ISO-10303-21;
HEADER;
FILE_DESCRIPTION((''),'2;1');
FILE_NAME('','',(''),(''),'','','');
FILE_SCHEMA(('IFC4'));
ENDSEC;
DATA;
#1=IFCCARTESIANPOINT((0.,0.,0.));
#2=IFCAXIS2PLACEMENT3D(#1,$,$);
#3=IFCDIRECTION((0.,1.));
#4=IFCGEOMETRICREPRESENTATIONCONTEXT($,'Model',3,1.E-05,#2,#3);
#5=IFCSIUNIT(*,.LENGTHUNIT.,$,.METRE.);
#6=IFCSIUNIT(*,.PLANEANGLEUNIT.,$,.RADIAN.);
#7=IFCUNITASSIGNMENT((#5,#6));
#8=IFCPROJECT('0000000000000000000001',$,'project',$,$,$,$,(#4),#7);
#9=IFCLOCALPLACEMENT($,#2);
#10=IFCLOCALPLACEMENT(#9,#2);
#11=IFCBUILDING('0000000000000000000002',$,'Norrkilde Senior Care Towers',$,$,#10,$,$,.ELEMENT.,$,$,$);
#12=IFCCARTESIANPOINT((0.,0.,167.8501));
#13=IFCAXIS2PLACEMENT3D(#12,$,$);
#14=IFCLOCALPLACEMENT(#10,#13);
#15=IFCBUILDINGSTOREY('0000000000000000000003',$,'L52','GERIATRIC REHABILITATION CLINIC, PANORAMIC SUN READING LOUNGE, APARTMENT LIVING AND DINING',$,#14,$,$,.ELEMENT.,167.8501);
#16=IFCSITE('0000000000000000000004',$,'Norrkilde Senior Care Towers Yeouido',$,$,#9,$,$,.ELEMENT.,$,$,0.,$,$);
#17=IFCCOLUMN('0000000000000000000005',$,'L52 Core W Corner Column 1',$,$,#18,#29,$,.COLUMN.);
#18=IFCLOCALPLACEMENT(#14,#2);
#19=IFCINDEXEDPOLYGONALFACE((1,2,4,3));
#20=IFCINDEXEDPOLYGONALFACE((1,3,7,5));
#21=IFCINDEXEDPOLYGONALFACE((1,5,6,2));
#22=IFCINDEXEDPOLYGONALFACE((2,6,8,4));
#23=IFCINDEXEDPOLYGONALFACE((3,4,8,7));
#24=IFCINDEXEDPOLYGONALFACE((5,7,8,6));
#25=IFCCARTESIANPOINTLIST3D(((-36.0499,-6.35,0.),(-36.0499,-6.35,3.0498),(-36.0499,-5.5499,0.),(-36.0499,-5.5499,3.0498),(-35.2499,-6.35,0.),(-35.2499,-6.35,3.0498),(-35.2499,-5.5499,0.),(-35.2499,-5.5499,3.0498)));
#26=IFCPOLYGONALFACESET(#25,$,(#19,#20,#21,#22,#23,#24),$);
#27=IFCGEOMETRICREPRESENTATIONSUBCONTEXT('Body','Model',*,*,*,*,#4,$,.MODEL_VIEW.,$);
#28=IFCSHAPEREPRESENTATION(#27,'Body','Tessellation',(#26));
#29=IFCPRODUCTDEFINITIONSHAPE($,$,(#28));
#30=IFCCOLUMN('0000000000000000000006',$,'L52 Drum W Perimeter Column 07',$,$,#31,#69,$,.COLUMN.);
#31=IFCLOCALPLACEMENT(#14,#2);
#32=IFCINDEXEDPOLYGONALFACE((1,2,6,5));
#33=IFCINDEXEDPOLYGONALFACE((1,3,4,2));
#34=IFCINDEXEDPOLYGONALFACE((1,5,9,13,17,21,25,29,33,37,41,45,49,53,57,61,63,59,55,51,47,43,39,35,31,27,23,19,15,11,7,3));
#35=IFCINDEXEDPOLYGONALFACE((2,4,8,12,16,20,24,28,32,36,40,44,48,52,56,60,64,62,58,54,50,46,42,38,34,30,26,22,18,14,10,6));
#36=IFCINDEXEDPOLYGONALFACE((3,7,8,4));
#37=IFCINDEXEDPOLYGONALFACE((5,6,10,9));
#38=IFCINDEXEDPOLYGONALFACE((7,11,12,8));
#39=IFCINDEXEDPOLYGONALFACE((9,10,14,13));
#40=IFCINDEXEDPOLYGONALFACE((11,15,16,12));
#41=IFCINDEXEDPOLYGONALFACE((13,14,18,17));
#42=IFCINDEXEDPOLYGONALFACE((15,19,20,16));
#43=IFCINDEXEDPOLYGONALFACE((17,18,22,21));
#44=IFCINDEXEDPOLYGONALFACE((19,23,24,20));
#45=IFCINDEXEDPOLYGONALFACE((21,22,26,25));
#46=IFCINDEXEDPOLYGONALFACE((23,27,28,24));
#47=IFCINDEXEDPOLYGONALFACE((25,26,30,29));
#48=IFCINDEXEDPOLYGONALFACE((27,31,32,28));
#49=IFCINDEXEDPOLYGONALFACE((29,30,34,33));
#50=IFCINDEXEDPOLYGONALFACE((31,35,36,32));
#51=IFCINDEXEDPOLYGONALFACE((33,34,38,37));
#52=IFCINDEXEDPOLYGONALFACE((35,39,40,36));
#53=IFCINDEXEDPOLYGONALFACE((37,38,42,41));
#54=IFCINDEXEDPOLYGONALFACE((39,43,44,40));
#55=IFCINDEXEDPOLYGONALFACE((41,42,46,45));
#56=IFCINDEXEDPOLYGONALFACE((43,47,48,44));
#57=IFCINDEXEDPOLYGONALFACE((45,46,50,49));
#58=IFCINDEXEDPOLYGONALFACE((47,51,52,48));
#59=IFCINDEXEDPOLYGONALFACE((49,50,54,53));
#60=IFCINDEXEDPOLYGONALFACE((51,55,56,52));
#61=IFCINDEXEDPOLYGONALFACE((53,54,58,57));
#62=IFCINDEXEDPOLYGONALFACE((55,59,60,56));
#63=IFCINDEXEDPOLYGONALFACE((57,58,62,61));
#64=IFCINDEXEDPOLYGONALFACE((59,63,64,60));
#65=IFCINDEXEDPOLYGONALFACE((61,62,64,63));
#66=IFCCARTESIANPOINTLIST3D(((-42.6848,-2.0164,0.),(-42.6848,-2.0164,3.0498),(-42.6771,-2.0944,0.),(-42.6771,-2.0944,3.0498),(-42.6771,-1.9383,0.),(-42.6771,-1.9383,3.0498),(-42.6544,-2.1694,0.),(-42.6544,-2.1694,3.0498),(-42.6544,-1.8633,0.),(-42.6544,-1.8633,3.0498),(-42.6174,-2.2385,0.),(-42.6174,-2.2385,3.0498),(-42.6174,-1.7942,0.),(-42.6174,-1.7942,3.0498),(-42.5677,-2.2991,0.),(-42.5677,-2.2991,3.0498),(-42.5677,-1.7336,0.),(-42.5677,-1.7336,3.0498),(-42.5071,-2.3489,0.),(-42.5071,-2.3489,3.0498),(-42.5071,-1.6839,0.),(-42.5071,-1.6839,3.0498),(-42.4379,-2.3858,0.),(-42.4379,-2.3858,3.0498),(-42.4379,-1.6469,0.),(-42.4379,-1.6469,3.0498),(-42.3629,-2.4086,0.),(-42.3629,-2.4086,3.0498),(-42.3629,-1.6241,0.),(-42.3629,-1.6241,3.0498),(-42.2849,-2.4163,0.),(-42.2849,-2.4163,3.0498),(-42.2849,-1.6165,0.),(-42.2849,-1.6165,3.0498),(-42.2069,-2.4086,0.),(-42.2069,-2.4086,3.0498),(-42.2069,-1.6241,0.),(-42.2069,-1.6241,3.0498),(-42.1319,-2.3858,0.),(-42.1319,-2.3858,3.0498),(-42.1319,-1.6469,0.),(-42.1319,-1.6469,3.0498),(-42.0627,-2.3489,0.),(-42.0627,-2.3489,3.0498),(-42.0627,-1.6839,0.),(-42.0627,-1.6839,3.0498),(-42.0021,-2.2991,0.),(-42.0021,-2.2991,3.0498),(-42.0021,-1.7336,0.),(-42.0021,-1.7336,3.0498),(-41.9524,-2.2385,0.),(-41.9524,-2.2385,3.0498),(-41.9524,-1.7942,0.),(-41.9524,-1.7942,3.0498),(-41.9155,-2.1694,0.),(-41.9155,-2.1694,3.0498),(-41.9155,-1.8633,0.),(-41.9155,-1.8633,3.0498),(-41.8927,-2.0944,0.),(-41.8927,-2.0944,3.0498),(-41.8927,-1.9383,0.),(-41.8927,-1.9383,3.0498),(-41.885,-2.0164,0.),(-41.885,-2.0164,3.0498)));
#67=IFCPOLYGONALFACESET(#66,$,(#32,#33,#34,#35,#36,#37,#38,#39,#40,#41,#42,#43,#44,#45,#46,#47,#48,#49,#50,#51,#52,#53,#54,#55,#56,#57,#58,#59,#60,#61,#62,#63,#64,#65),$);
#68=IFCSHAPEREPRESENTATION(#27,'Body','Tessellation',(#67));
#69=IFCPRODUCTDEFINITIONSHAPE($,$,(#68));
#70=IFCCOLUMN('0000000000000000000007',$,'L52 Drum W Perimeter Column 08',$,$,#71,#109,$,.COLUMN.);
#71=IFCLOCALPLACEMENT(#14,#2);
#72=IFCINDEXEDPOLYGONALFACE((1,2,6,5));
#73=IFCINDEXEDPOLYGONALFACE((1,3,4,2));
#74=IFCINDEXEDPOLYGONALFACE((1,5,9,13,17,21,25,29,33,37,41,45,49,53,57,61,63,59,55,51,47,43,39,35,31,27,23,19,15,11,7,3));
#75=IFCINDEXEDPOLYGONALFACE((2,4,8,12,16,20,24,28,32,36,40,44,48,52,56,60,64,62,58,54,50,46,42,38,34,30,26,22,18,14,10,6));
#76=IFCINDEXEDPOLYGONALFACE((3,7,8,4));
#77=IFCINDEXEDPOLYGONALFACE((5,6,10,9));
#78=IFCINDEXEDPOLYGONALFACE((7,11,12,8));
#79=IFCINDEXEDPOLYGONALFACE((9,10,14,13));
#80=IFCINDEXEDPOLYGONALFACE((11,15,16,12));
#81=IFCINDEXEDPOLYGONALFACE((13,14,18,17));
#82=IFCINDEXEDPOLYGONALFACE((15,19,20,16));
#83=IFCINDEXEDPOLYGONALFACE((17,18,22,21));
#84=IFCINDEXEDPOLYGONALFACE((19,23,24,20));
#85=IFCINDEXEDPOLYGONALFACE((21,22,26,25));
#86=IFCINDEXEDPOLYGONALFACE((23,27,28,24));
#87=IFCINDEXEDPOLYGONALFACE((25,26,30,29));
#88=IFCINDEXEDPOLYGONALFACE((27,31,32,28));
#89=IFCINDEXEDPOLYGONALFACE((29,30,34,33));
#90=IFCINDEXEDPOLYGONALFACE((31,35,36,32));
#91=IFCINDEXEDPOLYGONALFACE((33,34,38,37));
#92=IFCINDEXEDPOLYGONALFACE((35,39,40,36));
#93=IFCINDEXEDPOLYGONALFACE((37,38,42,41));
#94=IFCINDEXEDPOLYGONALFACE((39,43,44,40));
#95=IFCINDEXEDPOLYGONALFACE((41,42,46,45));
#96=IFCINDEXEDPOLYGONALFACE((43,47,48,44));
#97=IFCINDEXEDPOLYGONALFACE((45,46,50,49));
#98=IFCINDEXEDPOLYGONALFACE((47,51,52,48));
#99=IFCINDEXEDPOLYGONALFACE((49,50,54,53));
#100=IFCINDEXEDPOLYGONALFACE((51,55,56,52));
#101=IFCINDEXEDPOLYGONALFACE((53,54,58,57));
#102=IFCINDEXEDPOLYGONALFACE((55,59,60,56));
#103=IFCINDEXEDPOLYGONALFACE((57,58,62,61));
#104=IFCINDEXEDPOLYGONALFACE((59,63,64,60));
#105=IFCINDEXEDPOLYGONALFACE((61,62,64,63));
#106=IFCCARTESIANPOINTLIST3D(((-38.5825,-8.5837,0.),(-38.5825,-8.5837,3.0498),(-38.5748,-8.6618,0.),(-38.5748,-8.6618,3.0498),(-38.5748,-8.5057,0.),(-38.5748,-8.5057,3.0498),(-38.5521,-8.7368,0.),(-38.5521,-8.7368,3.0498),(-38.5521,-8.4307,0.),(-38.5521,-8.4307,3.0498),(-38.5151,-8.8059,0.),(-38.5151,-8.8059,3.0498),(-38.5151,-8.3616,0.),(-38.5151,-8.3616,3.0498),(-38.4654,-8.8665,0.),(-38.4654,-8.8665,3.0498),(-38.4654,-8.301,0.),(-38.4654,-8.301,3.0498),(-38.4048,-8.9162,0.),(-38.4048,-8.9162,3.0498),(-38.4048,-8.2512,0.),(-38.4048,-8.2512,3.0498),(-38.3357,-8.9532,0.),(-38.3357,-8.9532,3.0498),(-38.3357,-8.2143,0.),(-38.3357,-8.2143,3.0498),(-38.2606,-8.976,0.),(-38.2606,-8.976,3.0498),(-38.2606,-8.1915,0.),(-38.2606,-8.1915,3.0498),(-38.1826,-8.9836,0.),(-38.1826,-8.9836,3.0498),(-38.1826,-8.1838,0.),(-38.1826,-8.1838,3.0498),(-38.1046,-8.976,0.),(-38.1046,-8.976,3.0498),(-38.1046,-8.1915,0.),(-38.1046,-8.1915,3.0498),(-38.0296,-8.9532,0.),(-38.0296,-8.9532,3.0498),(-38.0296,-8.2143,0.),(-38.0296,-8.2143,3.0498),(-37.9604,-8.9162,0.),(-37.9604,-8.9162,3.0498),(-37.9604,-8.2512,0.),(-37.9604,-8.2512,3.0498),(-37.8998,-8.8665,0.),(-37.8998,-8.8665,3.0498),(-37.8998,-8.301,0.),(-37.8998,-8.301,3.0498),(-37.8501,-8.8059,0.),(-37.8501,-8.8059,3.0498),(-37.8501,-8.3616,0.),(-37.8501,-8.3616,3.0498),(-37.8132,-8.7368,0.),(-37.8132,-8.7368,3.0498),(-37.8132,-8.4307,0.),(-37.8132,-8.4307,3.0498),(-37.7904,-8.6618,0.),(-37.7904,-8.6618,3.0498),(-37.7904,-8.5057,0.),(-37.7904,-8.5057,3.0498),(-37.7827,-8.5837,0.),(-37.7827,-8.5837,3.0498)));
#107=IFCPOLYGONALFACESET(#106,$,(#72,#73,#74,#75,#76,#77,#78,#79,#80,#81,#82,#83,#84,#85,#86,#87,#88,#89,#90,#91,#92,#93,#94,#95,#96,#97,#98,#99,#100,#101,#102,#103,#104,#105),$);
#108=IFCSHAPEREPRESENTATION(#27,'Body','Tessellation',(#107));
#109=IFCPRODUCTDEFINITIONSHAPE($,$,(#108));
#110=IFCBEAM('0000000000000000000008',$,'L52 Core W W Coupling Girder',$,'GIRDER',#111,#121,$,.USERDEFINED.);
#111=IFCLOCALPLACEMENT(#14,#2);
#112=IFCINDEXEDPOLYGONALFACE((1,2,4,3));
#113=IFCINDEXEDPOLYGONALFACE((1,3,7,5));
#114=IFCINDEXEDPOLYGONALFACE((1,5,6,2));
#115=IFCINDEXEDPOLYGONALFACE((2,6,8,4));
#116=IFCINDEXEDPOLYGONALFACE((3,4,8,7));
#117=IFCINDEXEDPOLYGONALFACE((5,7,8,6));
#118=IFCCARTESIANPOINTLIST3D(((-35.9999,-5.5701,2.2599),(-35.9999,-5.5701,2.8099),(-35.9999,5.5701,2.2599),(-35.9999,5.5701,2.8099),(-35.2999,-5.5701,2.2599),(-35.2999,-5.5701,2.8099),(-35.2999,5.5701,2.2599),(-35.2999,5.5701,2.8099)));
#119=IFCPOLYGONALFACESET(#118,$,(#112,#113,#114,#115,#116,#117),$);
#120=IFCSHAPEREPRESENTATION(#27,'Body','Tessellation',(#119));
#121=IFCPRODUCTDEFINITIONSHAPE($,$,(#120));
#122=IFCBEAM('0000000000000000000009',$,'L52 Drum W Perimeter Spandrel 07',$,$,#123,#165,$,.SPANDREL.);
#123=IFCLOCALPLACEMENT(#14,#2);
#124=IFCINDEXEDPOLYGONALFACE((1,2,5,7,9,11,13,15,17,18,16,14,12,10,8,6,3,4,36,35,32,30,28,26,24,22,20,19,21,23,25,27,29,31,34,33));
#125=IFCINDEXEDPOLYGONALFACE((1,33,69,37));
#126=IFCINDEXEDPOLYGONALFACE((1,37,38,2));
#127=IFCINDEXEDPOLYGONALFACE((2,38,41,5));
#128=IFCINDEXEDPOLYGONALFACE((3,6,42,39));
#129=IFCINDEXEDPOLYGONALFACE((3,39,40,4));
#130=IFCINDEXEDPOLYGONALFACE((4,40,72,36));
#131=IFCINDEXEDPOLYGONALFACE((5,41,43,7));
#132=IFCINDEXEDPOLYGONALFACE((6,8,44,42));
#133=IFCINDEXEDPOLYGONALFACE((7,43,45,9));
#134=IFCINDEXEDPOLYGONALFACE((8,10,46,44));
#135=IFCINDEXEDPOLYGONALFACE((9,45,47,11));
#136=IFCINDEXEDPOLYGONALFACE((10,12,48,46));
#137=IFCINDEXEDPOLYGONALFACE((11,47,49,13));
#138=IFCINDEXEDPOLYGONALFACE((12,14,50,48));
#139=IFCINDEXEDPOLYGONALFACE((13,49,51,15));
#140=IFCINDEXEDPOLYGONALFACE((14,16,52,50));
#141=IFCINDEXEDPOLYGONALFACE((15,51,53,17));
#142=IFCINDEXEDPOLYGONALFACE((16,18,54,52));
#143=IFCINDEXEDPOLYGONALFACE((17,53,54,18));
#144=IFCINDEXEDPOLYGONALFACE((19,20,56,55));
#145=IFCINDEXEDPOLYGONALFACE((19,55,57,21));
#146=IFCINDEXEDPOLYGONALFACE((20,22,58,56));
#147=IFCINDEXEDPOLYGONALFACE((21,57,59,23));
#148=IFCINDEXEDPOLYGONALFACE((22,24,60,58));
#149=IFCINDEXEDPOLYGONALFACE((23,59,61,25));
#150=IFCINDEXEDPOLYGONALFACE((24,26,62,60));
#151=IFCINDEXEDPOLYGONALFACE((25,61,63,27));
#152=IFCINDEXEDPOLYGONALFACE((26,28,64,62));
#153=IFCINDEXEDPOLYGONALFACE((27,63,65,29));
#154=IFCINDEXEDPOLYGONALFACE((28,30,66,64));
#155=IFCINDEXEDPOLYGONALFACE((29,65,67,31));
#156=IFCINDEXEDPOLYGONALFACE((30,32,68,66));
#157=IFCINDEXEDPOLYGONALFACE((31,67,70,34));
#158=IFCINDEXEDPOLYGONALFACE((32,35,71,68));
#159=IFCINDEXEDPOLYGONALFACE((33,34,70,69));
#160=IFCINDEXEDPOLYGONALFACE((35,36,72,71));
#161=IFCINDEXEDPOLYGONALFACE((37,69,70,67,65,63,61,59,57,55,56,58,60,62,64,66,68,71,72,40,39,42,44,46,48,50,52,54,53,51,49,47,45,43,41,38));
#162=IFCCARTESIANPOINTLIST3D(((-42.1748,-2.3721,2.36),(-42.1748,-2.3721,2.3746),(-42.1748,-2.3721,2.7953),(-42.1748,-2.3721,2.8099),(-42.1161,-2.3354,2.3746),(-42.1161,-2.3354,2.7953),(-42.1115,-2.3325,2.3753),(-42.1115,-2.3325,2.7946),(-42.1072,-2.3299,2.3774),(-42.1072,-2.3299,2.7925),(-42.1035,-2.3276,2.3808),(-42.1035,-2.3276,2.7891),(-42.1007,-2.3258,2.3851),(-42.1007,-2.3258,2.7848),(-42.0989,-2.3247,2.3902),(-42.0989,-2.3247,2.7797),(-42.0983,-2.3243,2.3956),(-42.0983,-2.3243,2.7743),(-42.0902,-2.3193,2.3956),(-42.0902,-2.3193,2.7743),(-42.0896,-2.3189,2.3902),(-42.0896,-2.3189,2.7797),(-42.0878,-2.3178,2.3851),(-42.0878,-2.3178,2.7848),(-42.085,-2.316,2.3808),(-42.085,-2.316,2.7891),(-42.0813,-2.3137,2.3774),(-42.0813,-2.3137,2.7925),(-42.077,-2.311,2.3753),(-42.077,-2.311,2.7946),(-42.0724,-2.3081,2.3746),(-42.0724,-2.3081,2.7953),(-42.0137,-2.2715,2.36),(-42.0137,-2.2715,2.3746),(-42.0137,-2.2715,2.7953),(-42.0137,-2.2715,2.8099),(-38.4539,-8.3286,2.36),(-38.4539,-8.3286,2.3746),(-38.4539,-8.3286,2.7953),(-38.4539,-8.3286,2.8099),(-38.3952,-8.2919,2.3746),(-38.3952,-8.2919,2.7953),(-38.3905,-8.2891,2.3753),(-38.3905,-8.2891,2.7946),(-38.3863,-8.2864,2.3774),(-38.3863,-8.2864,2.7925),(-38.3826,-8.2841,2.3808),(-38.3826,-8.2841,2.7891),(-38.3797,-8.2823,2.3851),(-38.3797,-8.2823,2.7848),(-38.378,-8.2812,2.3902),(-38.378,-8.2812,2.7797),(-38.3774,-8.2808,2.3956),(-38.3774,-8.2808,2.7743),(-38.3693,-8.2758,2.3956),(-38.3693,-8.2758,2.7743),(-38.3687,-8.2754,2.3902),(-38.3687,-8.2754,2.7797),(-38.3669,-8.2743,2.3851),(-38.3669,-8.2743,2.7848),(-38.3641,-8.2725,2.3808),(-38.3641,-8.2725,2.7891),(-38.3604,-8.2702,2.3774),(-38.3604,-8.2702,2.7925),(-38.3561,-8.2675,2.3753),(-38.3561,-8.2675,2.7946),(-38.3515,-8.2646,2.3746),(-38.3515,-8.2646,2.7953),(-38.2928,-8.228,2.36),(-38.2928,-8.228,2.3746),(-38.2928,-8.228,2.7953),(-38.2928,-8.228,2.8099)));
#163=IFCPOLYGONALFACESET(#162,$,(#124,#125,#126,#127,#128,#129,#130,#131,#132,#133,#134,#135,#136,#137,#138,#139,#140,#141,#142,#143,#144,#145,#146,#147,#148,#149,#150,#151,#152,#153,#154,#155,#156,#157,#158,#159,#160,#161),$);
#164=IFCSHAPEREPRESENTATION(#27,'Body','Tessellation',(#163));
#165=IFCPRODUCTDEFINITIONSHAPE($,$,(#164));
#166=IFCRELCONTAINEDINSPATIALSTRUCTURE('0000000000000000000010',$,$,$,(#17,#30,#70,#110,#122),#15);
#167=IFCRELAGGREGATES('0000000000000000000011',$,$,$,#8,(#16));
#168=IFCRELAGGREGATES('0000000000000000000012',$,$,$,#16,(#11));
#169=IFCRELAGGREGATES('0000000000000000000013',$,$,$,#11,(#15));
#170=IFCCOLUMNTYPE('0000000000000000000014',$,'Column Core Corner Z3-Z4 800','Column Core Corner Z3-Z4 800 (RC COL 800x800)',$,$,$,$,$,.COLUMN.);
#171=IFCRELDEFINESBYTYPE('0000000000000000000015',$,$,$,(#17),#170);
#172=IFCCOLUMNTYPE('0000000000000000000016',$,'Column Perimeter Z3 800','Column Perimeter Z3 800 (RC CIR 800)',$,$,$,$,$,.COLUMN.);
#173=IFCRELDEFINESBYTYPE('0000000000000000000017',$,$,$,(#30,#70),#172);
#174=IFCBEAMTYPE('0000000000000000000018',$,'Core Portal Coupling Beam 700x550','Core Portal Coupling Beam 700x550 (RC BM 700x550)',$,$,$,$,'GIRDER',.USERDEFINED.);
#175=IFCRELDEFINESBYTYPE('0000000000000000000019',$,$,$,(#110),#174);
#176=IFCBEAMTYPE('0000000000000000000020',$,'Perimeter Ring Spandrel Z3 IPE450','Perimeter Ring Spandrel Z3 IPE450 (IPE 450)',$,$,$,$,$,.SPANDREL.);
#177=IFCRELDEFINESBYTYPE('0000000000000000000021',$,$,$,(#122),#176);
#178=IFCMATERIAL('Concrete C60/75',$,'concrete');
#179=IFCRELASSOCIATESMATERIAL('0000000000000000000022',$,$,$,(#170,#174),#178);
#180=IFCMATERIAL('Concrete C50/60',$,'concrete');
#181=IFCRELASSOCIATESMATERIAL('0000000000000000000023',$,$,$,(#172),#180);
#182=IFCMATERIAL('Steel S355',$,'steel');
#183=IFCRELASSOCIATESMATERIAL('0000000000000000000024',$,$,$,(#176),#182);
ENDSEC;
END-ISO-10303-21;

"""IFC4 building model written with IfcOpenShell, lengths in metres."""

from ifc_helpers import new_model, si_unit, direction, frame, origin, origin_2d, place, context, subcontext, project, spatial, rectangle, circle, i_section, extrude, source, transform, mapped, material, material_profile, profile_set, type_object, type_shapes, element, save


model = new_model("IFC4")

# Units and contexts
model_context = context("Model", 3, precision=1e-05, world=origin(), true_north=direction((0.0, 1.0)))
body_context = subcontext(model_context, "Body", "Model", "MODEL_VIEW")
ifc_project = project(units=[si_unit("LENGTHUNIT", "METRE"), si_unit("PLANEANGLEUNIT", "RADIAN")], contexts=[model_context])

# Site, building, storey
site_placement = place(None, origin())
site = spatial("IfcSite", under=ifc_project, at=site_placement, Name="Norrkilde Senior Care Towers Yeouido", CompositionType="ELEMENT", RefElevation=0.0)
building_placement = place(site_placement, origin())
building = spatial("IfcBuilding", under=site, at=building_placement, Name="Norrkilde Senior Care Towers", CompositionType="ELEMENT")
storey_placement = place(building_placement, frame((0.0, 0.0, 167.8501)))
storey = spatial("IfcBuildingStorey", under=building, at=storey_placement, Name="L52", Description="GERIATRIC REHABILITATION CLINIC, PANORAMIC SUN READING LOUNGE, APARTMENT LIVING AND DINING", CompositionType="ELEMENT", Elevation=167.8501)

# Columns
ifc_material_1 = material(Name="Concrete C60/75", Category="concrete")
ifc_material_profile_1 = material_profile(ifc_material_1, rectangle(XDim=0.8, YDim=0.8, at=origin_2d()), Name="RC COL 800x800")
ifc_profile_set_1 = profile_set([ifc_material_profile_1], Name="Concrete C60/75")
column_type_1 = type_object("IfcColumnType", Name="Column Core Corner Z3-Z4 800", Description="Column Core Corner Z3-Z4 800 (RC COL 800x800)", PredefinedType="COLUMN", material=ifc_profile_set_1)
shared_shape_1 = source(origin(), body_context, "Body", "SweptSolid", [
    extrude(rectangle(XDim=0.8, YDim=0.8, at=origin_2d()), origin(), (0.0, 0.0, 1.0), 3.0498),
])
type_shapes(column_type_1, [shared_shape_1])
column_placement = place(storey_placement, frame((-35.6499, -5.95, 0.0), z_axis=(0.0, 0.0, 1.0), x_axis=(1.0, 0.0, 0.0)))
element("IfcColumn", 1, at=column_placement, inside=storey, type_object=column_type_1, Name="L52 Core W Corner Column 1", PredefinedType="COLUMN", context=body_context, shape_type="MappedRepresentation", body=[
    mapped(shared_shape_1, transform((0.0, 0.0, 0.0), x_axis=(1.0, 0.0, 0.0), y_axis=(0.0, 1.0, 0.0), z_axis=(0.0, 0.0, 1.0), scale=1.0)),
])
ifc_material_2 = material(Name="Concrete C50/60", Category="concrete")
ifc_material_profile_2 = material_profile(ifc_material_2, circle(Radius=0.3999, at=origin_2d()), Name="RC CIR 800")
ifc_profile_set_2 = profile_set([ifc_material_profile_2], Name="Concrete C50/60")
column_type_2 = type_object("IfcColumnType", Name="Column Perimeter Z3 800", Description="Column Perimeter Z3 800 (RC CIR 800)", PredefinedType="COLUMN", material=ifc_profile_set_2)
shared_shape_2 = source(origin(), body_context, "Body", "SweptSolid", [
    extrude(circle(Radius=0.3999, at=origin_2d()), origin(), (0.0, 0.0, 1.0), 3.0498),
])
type_shapes(column_type_2, [shared_shape_2])
for number, where, z_axis, x_axis, name in (
    (2, (-42.2849, -2.0164, 0.0), (0.0, 0.0, 1.0), (1.0, 0.0, 0.0), "L52 Drum W Perimeter Column 07"),
    (3, (-38.1826, -8.5837, 0.0), (0.0, 0.0, 1.0), (1.0, 0.0, 0.0), "L52 Drum W Perimeter Column 08"),
):
    element("IfcColumn", number, at=place(storey_placement, frame(where, z_axis=z_axis, x_axis=x_axis)), inside=storey, type_object=column_type_2, Name=name, PredefinedType="COLUMN", context=body_context, shape_type="MappedRepresentation", body=[
        mapped(shared_shape_2, transform((0.0, 0.0, 0.0), x_axis=(1.0, 0.0, 0.0), y_axis=(0.0, 1.0, 0.0), z_axis=(0.0, 0.0, 1.0), scale=1.0)),
    ])

# Beams
ifc_material_profile_3 = material_profile(ifc_material_1, rectangle(XDim=0.7, YDim=0.55, at=origin_2d()), Name="RC BM 700x550")
ifc_profile_set_3 = profile_set([ifc_material_profile_3], Name="Concrete C60/75")
beam_type_1 = type_object("IfcBeamType", Name="Core Portal Coupling Beam 700x550", Description="Core Portal Coupling Beam 700x550 (RC BM 700x550)", ElementType="GIRDER", PredefinedType="USERDEFINED", material=ifc_profile_set_3)
shared_shape_3 = source(origin(), body_context, "Body", "SweptSolid", [
    extrude(rectangle(XDim=0.7, YDim=0.55, at=origin_2d()), origin(), (0.0, 0.0, 1.0), 11.1401),
])
type_shapes(beam_type_1, [shared_shape_3])
beam_1_placement = place(storey_placement, frame((-35.6499, -5.5701, 2.5349), z_axis=(0.0, 1.0, 0.0), x_axis=(-1.0, 0.0, 0.0)))
element("IfcBeam", 4, at=beam_1_placement, inside=storey, type_object=beam_type_1, Name="L52 Core W W Coupling Girder", ObjectType="GIRDER", PredefinedType="USERDEFINED", context=body_context, shape_type="MappedRepresentation", body=[
    mapped(shared_shape_3, transform((0.0, 0.0, 0.0), x_axis=(1.0, 0.0, 0.0), y_axis=(0.0, 1.0, 0.0), z_axis=(0.0, 0.0, 1.0), scale=1.0)),
])
ifc_material_3 = material(Name="Steel S355", Category="steel")
ifc_material_profile_4 = material_profile(ifc_material_3, i_section(OverallWidth=0.1899, OverallDepth=0.45, WebThickness=0.0095, FlangeThickness=0.0146, FilletRadius=0.021, at=origin_2d()), Name="IPE 450")
ifc_profile_set_4 = profile_set([ifc_material_profile_4], Name="Steel S355")
beam_type_2 = type_object("IfcBeamType", Name="Perimeter Ring Spandrel Z3 IPE450", Description="Perimeter Ring Spandrel Z3 IPE450 (IPE 450)", PredefinedType="SPANDREL", material=ifc_profile_set_4)
shared_shape_4 = source(origin(), body_context, "Body", "SweptSolid", [
    extrude(i_section(OverallWidth=0.1899, OverallDepth=0.45, WebThickness=0.0095, FlangeThickness=0.0146, FilletRadius=0.021, at=origin_2d()), origin(), (0.0, 0.0, 1.0), 7.0232),
])
beam_2_placement = place(storey_placement, frame((-42.0942, -2.3218, 2.585), z_axis=(0.529805, -0.848119, 0.0), x_axis=(0.848119, 0.529805, 0.0)))
element("IfcBeam", 5, at=beam_2_placement, inside=storey, type_object=beam_type_2, Name="L52 Drum W Perimeter Spandrel 07", PredefinedType="SPANDREL", context=body_context, shape_type="MappedRepresentation", body=[
    mapped(shared_shape_4, transform((0.0, 0.0, 0.0), x_axis=(1.0, 0.0, 0.0), y_axis=(0.0, 1.0, 0.0), z_axis=(0.0, 0.0, 1.0), scale=1.0)),
])

save(model, "model.ifc")
